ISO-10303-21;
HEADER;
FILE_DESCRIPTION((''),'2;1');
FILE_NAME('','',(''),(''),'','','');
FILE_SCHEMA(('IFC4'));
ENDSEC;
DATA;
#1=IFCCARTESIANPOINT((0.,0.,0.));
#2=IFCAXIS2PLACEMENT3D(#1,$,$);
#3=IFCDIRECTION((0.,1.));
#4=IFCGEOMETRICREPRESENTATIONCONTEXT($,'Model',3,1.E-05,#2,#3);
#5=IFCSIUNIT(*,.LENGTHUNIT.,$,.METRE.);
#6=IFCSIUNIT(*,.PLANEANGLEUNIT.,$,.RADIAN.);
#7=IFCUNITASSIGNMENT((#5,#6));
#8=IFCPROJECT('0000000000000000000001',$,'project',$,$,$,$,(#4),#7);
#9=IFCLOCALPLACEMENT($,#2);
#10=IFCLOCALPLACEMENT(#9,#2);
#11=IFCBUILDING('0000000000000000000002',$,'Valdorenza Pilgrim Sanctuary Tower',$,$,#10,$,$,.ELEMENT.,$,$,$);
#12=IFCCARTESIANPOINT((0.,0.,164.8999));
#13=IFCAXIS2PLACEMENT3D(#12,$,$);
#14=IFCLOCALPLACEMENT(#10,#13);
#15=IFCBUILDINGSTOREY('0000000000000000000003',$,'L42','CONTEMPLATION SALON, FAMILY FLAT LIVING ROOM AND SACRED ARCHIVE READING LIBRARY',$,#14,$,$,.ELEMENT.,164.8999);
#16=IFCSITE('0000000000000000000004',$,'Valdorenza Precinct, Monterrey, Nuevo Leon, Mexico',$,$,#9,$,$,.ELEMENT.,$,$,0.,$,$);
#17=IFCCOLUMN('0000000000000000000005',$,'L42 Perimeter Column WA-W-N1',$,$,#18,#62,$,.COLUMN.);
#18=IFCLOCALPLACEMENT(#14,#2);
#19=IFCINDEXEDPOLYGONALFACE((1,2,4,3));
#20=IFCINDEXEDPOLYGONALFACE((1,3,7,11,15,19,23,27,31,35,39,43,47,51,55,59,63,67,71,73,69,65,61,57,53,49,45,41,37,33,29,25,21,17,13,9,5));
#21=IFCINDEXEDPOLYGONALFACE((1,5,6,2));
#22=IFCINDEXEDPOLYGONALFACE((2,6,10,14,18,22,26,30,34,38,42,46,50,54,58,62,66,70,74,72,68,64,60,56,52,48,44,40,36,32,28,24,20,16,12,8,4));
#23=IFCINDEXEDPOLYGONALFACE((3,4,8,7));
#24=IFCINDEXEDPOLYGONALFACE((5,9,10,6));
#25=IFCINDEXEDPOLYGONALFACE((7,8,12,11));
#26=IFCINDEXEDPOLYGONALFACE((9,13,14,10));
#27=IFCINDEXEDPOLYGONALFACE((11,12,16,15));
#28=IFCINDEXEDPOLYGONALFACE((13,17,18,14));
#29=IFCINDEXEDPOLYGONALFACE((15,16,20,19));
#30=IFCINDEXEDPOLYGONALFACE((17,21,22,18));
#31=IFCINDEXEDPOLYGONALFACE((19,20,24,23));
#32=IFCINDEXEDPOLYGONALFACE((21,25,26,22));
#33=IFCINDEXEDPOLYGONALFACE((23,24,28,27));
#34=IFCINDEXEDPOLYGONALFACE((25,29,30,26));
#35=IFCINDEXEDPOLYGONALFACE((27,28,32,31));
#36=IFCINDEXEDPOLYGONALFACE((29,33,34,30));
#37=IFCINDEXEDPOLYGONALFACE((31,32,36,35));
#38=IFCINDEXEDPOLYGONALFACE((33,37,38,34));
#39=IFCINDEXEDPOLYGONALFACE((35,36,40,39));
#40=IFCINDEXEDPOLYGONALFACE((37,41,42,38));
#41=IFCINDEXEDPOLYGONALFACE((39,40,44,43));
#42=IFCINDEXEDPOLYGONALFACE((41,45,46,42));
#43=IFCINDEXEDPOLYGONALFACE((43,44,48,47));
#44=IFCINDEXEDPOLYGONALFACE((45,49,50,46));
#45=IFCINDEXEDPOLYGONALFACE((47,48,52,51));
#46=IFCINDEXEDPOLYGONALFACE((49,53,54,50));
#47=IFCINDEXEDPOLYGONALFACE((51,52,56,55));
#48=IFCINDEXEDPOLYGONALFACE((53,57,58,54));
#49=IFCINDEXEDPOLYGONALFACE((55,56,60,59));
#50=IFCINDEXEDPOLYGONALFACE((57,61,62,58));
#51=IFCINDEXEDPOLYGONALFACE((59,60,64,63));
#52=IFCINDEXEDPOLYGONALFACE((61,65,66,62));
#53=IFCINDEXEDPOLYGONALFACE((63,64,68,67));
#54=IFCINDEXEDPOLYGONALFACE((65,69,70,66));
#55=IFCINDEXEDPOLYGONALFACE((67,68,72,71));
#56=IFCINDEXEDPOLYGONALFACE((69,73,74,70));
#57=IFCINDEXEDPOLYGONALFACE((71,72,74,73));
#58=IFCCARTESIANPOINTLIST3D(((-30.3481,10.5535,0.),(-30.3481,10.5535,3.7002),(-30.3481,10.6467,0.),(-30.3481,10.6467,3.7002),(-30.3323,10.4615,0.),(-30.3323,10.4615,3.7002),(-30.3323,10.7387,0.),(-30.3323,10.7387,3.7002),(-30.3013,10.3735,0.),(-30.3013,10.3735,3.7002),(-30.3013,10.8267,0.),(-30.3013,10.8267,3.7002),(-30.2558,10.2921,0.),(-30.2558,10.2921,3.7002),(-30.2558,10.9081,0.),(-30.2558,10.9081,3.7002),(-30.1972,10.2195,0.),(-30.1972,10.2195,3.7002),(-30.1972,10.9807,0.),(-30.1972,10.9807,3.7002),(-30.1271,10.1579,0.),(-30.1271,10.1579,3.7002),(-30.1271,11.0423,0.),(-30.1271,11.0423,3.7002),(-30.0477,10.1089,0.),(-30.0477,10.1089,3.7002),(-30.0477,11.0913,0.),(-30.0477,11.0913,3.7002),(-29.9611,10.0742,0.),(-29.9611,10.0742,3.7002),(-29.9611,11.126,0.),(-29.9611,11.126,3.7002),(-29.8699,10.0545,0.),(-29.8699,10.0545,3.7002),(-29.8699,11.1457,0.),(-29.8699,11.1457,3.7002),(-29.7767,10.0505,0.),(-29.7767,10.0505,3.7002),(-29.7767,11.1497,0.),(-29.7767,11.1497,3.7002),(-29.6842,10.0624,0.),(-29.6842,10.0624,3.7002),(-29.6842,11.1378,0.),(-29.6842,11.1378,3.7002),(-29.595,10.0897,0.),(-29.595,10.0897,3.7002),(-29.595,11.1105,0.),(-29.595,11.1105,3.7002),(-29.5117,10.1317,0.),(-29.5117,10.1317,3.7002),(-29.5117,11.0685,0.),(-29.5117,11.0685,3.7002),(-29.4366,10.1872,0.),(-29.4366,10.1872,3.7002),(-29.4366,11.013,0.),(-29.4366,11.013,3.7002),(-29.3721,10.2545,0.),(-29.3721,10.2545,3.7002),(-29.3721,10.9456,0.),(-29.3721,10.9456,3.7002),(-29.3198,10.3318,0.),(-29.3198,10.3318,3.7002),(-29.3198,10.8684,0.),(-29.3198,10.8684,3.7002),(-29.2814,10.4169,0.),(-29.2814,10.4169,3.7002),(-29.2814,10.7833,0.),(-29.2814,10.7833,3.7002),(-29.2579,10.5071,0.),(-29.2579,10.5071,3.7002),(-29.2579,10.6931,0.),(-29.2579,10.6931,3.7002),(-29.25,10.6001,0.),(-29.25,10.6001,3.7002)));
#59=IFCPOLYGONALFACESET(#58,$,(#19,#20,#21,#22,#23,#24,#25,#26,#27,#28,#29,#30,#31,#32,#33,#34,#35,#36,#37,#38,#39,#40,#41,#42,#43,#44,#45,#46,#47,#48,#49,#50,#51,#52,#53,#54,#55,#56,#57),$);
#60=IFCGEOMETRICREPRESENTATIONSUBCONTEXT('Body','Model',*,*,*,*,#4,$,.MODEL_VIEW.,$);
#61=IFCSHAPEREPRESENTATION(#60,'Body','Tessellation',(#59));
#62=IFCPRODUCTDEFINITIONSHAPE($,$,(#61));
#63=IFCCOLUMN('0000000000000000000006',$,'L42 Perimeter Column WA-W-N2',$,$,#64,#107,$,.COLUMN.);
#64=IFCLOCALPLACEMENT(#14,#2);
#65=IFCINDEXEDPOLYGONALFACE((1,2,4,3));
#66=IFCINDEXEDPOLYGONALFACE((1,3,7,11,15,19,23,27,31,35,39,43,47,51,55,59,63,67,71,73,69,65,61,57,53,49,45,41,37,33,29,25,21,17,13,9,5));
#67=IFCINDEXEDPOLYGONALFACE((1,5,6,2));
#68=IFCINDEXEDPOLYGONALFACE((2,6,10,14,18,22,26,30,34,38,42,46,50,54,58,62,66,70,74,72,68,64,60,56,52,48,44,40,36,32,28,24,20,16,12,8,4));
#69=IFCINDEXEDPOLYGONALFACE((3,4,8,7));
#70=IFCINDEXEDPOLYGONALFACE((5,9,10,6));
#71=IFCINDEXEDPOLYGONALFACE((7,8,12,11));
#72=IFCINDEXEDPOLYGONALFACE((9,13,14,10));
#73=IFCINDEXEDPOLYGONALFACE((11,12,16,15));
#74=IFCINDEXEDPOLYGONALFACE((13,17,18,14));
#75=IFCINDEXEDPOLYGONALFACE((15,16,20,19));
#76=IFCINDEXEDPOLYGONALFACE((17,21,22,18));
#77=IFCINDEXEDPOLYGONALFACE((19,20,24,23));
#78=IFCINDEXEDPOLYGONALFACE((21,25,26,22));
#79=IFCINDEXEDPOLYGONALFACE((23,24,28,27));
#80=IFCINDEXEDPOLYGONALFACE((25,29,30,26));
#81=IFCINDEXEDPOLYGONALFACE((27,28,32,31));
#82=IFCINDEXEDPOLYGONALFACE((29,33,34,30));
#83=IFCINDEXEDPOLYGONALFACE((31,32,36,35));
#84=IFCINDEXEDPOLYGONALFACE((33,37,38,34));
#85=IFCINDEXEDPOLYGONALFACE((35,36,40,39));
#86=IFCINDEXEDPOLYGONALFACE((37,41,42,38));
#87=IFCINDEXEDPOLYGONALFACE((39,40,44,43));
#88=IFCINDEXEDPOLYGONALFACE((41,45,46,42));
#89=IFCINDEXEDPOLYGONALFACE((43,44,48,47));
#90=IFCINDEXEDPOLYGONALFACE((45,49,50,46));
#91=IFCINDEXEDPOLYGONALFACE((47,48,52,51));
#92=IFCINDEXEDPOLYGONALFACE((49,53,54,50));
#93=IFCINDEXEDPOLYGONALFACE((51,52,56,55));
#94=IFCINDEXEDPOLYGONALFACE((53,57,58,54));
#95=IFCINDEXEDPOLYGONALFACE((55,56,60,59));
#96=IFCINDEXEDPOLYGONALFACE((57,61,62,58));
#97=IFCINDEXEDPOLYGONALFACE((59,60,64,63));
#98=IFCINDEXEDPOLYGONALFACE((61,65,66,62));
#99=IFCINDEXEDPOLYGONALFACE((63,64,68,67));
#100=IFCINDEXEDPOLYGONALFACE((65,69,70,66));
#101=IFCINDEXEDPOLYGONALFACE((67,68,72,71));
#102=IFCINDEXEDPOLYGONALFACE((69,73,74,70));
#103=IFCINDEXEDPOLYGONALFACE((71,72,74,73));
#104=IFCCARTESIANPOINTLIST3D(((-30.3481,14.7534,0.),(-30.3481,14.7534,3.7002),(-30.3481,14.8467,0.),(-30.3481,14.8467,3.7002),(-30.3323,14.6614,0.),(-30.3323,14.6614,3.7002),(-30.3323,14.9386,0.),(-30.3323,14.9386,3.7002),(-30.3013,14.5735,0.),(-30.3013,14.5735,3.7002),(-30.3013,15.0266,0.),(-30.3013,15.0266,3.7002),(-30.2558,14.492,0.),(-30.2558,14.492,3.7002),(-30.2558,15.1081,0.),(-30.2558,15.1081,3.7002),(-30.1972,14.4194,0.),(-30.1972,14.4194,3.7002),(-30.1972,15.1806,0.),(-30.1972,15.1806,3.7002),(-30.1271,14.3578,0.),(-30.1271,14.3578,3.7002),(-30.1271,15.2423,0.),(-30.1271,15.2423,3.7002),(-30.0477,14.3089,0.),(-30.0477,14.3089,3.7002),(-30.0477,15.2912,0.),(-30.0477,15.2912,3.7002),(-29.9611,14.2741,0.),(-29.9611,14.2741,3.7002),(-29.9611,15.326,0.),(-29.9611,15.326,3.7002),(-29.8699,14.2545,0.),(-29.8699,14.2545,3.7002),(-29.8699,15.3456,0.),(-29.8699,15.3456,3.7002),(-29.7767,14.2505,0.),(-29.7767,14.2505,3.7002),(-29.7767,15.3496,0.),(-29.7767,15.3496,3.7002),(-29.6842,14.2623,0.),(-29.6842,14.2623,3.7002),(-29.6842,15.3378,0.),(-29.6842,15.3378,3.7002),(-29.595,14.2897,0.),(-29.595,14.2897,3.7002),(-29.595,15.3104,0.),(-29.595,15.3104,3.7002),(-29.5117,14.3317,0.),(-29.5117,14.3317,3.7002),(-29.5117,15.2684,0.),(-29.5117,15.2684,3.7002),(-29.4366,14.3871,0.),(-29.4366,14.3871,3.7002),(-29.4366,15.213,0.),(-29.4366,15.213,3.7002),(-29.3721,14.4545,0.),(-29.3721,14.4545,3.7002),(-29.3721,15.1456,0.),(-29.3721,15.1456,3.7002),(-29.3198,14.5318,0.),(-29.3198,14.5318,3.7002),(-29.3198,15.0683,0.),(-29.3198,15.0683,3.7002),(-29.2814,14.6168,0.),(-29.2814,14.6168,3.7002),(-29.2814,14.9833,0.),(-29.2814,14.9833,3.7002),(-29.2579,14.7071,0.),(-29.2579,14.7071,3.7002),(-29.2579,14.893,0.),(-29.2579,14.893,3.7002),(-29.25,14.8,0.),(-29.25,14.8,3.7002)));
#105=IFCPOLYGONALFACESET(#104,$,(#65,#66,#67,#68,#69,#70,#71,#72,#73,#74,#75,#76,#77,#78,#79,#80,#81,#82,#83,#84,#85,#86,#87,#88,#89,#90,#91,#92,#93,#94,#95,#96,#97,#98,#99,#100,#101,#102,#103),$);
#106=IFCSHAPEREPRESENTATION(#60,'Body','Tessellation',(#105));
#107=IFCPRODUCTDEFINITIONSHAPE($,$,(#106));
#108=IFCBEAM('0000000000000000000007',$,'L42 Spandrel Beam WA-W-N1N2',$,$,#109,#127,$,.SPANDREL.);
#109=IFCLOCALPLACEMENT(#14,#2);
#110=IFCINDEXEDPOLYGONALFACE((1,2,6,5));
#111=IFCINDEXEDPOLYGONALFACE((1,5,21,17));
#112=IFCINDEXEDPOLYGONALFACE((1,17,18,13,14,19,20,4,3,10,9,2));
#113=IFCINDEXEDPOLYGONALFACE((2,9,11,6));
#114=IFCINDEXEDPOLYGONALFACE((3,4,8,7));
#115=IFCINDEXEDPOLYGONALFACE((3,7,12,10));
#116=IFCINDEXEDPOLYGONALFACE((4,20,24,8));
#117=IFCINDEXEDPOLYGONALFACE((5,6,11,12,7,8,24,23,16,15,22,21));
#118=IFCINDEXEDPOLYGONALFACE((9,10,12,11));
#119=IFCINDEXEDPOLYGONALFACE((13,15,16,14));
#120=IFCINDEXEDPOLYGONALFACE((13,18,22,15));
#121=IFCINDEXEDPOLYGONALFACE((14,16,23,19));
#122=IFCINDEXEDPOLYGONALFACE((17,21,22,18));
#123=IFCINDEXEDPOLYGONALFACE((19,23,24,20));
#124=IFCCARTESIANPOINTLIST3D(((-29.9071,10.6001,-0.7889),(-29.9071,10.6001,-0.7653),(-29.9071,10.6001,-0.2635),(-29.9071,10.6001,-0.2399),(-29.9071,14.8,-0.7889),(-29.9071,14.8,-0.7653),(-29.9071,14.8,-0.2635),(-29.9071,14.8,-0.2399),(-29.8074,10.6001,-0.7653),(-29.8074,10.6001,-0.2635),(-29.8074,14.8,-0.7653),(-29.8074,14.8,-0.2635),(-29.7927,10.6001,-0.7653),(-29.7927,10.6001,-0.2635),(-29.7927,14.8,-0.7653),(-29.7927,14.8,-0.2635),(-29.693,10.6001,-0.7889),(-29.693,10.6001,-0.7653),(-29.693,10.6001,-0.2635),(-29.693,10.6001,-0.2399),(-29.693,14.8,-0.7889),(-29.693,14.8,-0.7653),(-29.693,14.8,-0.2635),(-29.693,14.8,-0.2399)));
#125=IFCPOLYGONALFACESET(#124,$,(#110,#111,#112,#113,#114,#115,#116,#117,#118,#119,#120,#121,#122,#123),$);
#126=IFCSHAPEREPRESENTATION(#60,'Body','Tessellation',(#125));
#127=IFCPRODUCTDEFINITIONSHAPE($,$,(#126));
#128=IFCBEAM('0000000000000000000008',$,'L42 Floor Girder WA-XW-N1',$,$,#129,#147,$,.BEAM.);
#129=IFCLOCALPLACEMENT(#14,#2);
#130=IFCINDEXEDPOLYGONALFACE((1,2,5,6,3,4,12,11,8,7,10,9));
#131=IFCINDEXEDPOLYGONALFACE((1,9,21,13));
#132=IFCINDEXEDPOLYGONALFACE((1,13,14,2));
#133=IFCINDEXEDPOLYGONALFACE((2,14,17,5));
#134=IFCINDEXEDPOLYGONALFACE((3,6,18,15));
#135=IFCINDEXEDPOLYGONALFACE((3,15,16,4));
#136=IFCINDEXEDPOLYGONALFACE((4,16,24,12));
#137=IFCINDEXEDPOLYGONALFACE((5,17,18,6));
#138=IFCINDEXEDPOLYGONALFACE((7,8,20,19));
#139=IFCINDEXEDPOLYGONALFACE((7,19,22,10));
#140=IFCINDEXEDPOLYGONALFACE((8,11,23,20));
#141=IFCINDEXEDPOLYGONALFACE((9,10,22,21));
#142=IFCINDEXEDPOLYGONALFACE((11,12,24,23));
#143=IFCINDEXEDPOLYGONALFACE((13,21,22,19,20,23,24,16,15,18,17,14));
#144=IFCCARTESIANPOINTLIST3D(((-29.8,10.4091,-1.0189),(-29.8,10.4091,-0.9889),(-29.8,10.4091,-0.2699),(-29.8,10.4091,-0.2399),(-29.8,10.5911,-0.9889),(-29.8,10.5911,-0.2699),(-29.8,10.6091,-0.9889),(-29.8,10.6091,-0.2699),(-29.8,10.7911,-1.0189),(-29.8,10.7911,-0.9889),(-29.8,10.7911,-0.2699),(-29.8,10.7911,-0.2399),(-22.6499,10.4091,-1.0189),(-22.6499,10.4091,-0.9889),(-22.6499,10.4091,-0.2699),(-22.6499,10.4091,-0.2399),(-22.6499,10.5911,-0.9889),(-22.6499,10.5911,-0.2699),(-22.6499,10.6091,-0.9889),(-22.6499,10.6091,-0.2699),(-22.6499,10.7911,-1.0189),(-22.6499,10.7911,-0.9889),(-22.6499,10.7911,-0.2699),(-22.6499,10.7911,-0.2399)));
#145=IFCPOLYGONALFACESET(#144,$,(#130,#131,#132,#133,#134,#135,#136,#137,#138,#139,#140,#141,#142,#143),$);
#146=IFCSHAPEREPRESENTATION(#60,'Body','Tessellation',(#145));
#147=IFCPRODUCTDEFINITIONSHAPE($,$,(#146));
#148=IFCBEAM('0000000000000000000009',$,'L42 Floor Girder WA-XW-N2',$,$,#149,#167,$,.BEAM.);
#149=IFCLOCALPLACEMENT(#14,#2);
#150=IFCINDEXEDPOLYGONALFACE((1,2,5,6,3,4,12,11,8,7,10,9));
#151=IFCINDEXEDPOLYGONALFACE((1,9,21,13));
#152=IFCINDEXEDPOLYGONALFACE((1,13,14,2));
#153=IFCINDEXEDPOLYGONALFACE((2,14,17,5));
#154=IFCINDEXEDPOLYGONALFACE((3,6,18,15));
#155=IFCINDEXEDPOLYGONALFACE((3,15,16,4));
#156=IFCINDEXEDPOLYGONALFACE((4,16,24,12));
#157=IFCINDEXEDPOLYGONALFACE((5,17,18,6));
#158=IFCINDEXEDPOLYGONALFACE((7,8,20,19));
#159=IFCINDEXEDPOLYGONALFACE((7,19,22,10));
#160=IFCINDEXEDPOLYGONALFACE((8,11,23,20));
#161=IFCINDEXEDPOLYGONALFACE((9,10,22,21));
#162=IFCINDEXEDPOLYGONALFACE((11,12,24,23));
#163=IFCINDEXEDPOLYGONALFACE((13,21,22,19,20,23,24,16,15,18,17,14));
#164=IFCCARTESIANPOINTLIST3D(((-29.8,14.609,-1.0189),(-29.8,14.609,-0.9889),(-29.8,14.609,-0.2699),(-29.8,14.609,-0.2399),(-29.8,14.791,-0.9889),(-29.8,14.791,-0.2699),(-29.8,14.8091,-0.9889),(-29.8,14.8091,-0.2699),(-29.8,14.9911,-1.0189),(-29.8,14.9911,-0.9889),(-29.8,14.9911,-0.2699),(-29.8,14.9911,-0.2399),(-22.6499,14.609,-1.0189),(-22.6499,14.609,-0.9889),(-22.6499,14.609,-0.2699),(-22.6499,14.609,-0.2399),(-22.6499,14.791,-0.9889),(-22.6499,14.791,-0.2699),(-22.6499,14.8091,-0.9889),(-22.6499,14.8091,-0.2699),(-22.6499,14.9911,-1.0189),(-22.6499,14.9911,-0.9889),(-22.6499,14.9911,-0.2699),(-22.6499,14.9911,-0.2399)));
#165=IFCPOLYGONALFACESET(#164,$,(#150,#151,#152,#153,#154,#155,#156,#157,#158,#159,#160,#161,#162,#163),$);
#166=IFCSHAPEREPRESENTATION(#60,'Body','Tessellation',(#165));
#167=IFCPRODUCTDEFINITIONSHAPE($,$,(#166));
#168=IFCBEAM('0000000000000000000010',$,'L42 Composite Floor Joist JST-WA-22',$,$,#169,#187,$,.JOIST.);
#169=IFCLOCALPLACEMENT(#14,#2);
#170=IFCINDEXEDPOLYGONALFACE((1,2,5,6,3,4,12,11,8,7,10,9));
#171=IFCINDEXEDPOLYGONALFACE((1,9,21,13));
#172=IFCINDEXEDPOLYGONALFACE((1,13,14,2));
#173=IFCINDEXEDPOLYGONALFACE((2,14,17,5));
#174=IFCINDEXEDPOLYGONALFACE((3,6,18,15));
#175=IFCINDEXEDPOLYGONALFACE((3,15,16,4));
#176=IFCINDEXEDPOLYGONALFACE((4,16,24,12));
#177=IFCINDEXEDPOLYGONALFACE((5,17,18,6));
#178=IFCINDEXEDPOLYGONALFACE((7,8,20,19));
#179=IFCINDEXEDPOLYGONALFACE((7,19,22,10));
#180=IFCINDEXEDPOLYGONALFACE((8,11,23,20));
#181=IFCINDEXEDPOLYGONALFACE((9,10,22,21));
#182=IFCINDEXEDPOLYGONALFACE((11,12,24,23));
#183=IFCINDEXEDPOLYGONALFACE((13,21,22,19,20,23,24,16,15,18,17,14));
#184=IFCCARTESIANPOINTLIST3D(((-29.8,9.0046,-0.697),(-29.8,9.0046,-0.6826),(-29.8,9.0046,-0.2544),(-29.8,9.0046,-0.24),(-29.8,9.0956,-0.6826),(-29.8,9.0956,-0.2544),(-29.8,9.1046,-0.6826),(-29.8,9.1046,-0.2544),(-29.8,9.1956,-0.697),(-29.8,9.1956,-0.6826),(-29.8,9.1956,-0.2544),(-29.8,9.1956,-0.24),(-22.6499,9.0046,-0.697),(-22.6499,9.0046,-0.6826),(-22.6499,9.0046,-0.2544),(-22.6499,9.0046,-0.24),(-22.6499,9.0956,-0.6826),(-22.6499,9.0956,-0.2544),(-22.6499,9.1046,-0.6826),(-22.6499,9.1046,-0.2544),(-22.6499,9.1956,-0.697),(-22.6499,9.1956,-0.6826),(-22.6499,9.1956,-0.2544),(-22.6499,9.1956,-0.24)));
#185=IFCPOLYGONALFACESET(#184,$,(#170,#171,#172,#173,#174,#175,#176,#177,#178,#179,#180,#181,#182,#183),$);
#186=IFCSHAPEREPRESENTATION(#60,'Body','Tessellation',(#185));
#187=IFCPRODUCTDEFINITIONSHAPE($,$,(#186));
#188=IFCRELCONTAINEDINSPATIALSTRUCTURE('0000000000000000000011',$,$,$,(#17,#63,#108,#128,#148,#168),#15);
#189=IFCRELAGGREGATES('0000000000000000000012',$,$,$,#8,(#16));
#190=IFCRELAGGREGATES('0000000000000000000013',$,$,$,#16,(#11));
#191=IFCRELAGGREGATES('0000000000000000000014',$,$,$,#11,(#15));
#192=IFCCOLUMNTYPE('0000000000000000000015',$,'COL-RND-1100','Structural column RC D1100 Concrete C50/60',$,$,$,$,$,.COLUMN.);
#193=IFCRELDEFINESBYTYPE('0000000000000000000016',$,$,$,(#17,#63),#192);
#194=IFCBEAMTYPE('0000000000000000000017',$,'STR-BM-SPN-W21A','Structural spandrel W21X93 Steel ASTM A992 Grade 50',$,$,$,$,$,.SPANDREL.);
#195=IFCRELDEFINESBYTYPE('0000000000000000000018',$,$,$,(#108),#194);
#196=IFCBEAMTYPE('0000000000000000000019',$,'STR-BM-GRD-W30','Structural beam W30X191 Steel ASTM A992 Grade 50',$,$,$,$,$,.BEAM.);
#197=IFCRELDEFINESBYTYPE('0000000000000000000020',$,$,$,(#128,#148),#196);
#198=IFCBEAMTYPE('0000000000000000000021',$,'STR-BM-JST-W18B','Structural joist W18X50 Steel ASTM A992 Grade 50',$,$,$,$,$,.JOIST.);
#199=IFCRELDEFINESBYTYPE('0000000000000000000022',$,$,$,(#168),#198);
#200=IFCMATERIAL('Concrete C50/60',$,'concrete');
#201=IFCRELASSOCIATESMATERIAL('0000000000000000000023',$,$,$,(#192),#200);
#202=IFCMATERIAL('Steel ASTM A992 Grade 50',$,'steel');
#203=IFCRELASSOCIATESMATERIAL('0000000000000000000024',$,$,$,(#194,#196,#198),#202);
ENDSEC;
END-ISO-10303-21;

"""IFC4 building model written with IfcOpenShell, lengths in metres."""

from ifc_helpers import new_model, si_unit, direction, frame, origin, origin_2d, place, context, subcontext, project, spatial, circle, i_section, extrude, source, transform, mapped, material, material_profile, profile_set, type_object, element, save


model = new_model("IFC4")

# Units and contexts
model_context = context("Model", 3, precision=1e-05, world=origin(), true_north=direction((0.0, 1.0)))
body_context = subcontext(model_context, "Body", "Model", "MODEL_VIEW")
ifc_project = project(units=[si_unit("LENGTHUNIT", "METRE"), si_unit("PLANEANGLEUNIT", "RADIAN")], contexts=[model_context])

# Site, building, storey
site_placement = place(None, origin())
site = spatial("IfcSite", under=ifc_project, at=site_placement, Name="Valdorenza Precinct, Monterrey, Nuevo Leon, Mexico", CompositionType="ELEMENT", RefElevation=0.0)
building_placement = place(site_placement, origin())
building = spatial("IfcBuilding", under=site, at=building_placement, Name="Valdorenza Pilgrim Sanctuary Tower", CompositionType="ELEMENT")
storey_placement = place(building_placement, frame((0.0, 0.0, 164.8999)))
storey = spatial("IfcBuildingStorey", under=building, at=storey_placement, Name="L42", Description="CONTEMPLATION SALON, FAMILY FLAT LIVING ROOM AND SACRED ARCHIVE READING LIBRARY", CompositionType="ELEMENT", Elevation=164.8999)

# Columns
ifc_material_1 = material(Name="Concrete C50/60", Category="concrete")
ifc_material_profile_1 = material_profile(ifc_material_1, circle(Radius=0.55, at=origin_2d()), Name="RC D1100")
ifc_profile_set_1 = profile_set([ifc_material_profile_1], Name="Concrete C50/60")
column_type = type_object("IfcColumnType", Name="COL-RND-1100", Description="Structural column RC D1100 Concrete C50/60", PredefinedType="COLUMN", material=ifc_profile_set_1)
shared_shape_1 = source(origin(), body_context, "Body", "SweptSolid", [
    extrude(circle(Radius=0.55, at=origin_2d()), origin(), (0.0, 0.0, 1.0), 3.7002),
])
for number, where, z_axis, x_axis, name in (
    (1, (-29.8, 10.6001, 0.0), (0.0, 0.0, 1.0), (1.0, 0.0, 0.0), "L42 Perimeter Column WA-W-N1"),
    (2, (-29.8, 14.8, 0.0), (0.0, 0.0, 1.0), (1.0, 0.0, 0.0), "L42 Perimeter Column WA-W-N2"),
):
    element("IfcColumn", number, at=place(storey_placement, frame(where, z_axis=z_axis, x_axis=x_axis)), inside=storey, type_object=column_type, Name=name, PredefinedType="COLUMN", context=body_context, shape_type="MappedRepresentation", body=[
        mapped(shared_shape_1, transform((0.0, 0.0, 0.0), x_axis=(1.0, 0.0, 0.0), y_axis=(0.0, 1.0, 0.0), z_axis=(0.0, 0.0, 1.0), scale=1.0)),
    ])

# Beams
ifc_material_2 = material(Name="Steel ASTM A992 Grade 50", Category="steel")
ifc_material_profile_2 = material_profile(ifc_material_2, i_section(OverallWidth=0.2141, OverallDepth=0.5491, WebThickness=0.0146, FlangeThickness=0.0237, at=origin_2d()), Name="W21X93")
ifc_profile_set_2 = profile_set([ifc_material_profile_2], Name="Steel ASTM A992 Grade 50")
beam_type_1 = type_object("IfcBeamType", Name="STR-BM-SPN-W21A", Description="Structural spandrel W21X93 Steel ASTM A992 Grade 50", PredefinedType="SPANDREL", material=ifc_profile_set_2)
shared_shape_2 = source(origin(), body_context, "Body", "SweptSolid", [
    extrude(i_section(OverallWidth=0.2141, OverallDepth=0.5491, WebThickness=0.0146, FlangeThickness=0.0237, at=origin_2d()), origin(), (0.0, 0.0, 1.0), 4.2),
])
beam_placement = place(storey_placement, frame((-29.8, 10.6001, -0.5144), z_axis=(0.0, 1.0, 0.0), x_axis=(-1.0, 0.0, 0.0)))
element("IfcBeam", 3, at=beam_placement, inside=storey, type_object=beam_type_1, Name="L42 Spandrel Beam WA-W-N1N2", PredefinedType="SPANDREL", context=body_context, shape_type="MappedRepresentation", body=[
    mapped(shared_shape_2, transform((0.0, 0.0, 0.0), x_axis=(1.0, 0.0, 0.0), y_axis=(0.0, 1.0, 0.0), z_axis=(0.0, 0.0, 1.0), scale=1.0)),
])
ifc_material_profile_3 = material_profile(ifc_material_2, i_section(OverallWidth=0.3821, OverallDepth=0.7791, WebThickness=0.0181, FlangeThickness=0.03, at=origin_2d()), Name="W30X191")
ifc_profile_set_3 = profile_set([ifc_material_profile_3], Name="Steel ASTM A992 Grade 50")
beam_type_2 = type_object("IfcBeamType", Name="STR-BM-GRD-W30", Description="Structural beam W30X191 Steel ASTM A992 Grade 50", PredefinedType="BEAM", material=ifc_profile_set_3)
shared_shape_3 = source(origin(), body_context, "Body", "SweptSolid", [
    extrude(i_section(OverallWidth=0.3821, OverallDepth=0.7791, WebThickness=0.0181, FlangeThickness=0.03, at=origin_2d()), origin(), (0.0, 0.0, 1.0), 7.1501),
])
for number, where, z_axis, x_axis, name in (
    (4, (-29.8, 10.6001, -0.6294), (1.0, 0.0, 0.0), (0.0, 1.0, 0.0), "L42 Floor Girder WA-XW-N1"),
    (5, (-29.8, 14.8, -0.6294), (1.0, 0.0, 0.0), (0.0, 1.0, 0.0), "L42 Floor Girder WA-XW-N2"),
):
    element("IfcBeam", number, at=place(storey_placement, frame(where, z_axis=z_axis, x_axis=x_axis)), inside=storey, type_object=beam_type_2, Name=name, PredefinedType="BEAM", context=body_context, shape_type="MappedRepresentation", body=[
        mapped(shared_shape_3, transform((0.0, 0.0, 0.0), x_axis=(1.0, 0.0, 0.0), y_axis=(0.0, 1.0, 0.0), z_axis=(0.0, 0.0, 1.0), scale=1.0)),
    ])
ifc_material_profile_4 = material_profile(ifc_material_2, i_section(OverallWidth=0.1909, OverallDepth=0.457, WebThickness=0.009, FlangeThickness=0.0144, at=origin_2d()), Name="W18X50")
ifc_profile_set_4 = profile_set([ifc_material_profile_4], Name="Steel ASTM A992 Grade 50")
beam_type_3 = type_object("IfcBeamType", Name="STR-BM-JST-W18B", Description="Structural joist W18X50 Steel ASTM A992 Grade 50", PredefinedType="JOIST", material=ifc_profile_set_4)
shared_shape_4 = source(origin(), body_context, "Body", "SweptSolid", [
    extrude(i_section(OverallWidth=0.1909, OverallDepth=0.457, WebThickness=0.009, FlangeThickness=0.0144, at=origin_2d()), origin(), (0.0, 0.0, 1.0), 7.1501),
])
for number, where, z_axis, x_axis, name in (
    (6, (-29.8, 9.1001, -0.4685), (1.0, 0.0, 0.0), (0.0, 1.0, 0.0), "L42 Composite Floor Joist JST-WA-22"),
):
    element("IfcBeam", number, at=place(storey_placement, frame(where, z_axis=z_axis, x_axis=x_axis)), inside=storey, type_object=beam_type_3, Name=name, PredefinedType="JOIST", context=body_context, shape_type="MappedRepresentation", body=[
        mapped(shared_shape_4, transform((0.0, 0.0, 0.0), x_axis=(1.0, 0.0, 0.0), y_axis=(0.0, 1.0, 0.0), z_axis=(0.0, 0.0, 1.0), scale=1.0)),
    ])

save(model, "model.ifc")
